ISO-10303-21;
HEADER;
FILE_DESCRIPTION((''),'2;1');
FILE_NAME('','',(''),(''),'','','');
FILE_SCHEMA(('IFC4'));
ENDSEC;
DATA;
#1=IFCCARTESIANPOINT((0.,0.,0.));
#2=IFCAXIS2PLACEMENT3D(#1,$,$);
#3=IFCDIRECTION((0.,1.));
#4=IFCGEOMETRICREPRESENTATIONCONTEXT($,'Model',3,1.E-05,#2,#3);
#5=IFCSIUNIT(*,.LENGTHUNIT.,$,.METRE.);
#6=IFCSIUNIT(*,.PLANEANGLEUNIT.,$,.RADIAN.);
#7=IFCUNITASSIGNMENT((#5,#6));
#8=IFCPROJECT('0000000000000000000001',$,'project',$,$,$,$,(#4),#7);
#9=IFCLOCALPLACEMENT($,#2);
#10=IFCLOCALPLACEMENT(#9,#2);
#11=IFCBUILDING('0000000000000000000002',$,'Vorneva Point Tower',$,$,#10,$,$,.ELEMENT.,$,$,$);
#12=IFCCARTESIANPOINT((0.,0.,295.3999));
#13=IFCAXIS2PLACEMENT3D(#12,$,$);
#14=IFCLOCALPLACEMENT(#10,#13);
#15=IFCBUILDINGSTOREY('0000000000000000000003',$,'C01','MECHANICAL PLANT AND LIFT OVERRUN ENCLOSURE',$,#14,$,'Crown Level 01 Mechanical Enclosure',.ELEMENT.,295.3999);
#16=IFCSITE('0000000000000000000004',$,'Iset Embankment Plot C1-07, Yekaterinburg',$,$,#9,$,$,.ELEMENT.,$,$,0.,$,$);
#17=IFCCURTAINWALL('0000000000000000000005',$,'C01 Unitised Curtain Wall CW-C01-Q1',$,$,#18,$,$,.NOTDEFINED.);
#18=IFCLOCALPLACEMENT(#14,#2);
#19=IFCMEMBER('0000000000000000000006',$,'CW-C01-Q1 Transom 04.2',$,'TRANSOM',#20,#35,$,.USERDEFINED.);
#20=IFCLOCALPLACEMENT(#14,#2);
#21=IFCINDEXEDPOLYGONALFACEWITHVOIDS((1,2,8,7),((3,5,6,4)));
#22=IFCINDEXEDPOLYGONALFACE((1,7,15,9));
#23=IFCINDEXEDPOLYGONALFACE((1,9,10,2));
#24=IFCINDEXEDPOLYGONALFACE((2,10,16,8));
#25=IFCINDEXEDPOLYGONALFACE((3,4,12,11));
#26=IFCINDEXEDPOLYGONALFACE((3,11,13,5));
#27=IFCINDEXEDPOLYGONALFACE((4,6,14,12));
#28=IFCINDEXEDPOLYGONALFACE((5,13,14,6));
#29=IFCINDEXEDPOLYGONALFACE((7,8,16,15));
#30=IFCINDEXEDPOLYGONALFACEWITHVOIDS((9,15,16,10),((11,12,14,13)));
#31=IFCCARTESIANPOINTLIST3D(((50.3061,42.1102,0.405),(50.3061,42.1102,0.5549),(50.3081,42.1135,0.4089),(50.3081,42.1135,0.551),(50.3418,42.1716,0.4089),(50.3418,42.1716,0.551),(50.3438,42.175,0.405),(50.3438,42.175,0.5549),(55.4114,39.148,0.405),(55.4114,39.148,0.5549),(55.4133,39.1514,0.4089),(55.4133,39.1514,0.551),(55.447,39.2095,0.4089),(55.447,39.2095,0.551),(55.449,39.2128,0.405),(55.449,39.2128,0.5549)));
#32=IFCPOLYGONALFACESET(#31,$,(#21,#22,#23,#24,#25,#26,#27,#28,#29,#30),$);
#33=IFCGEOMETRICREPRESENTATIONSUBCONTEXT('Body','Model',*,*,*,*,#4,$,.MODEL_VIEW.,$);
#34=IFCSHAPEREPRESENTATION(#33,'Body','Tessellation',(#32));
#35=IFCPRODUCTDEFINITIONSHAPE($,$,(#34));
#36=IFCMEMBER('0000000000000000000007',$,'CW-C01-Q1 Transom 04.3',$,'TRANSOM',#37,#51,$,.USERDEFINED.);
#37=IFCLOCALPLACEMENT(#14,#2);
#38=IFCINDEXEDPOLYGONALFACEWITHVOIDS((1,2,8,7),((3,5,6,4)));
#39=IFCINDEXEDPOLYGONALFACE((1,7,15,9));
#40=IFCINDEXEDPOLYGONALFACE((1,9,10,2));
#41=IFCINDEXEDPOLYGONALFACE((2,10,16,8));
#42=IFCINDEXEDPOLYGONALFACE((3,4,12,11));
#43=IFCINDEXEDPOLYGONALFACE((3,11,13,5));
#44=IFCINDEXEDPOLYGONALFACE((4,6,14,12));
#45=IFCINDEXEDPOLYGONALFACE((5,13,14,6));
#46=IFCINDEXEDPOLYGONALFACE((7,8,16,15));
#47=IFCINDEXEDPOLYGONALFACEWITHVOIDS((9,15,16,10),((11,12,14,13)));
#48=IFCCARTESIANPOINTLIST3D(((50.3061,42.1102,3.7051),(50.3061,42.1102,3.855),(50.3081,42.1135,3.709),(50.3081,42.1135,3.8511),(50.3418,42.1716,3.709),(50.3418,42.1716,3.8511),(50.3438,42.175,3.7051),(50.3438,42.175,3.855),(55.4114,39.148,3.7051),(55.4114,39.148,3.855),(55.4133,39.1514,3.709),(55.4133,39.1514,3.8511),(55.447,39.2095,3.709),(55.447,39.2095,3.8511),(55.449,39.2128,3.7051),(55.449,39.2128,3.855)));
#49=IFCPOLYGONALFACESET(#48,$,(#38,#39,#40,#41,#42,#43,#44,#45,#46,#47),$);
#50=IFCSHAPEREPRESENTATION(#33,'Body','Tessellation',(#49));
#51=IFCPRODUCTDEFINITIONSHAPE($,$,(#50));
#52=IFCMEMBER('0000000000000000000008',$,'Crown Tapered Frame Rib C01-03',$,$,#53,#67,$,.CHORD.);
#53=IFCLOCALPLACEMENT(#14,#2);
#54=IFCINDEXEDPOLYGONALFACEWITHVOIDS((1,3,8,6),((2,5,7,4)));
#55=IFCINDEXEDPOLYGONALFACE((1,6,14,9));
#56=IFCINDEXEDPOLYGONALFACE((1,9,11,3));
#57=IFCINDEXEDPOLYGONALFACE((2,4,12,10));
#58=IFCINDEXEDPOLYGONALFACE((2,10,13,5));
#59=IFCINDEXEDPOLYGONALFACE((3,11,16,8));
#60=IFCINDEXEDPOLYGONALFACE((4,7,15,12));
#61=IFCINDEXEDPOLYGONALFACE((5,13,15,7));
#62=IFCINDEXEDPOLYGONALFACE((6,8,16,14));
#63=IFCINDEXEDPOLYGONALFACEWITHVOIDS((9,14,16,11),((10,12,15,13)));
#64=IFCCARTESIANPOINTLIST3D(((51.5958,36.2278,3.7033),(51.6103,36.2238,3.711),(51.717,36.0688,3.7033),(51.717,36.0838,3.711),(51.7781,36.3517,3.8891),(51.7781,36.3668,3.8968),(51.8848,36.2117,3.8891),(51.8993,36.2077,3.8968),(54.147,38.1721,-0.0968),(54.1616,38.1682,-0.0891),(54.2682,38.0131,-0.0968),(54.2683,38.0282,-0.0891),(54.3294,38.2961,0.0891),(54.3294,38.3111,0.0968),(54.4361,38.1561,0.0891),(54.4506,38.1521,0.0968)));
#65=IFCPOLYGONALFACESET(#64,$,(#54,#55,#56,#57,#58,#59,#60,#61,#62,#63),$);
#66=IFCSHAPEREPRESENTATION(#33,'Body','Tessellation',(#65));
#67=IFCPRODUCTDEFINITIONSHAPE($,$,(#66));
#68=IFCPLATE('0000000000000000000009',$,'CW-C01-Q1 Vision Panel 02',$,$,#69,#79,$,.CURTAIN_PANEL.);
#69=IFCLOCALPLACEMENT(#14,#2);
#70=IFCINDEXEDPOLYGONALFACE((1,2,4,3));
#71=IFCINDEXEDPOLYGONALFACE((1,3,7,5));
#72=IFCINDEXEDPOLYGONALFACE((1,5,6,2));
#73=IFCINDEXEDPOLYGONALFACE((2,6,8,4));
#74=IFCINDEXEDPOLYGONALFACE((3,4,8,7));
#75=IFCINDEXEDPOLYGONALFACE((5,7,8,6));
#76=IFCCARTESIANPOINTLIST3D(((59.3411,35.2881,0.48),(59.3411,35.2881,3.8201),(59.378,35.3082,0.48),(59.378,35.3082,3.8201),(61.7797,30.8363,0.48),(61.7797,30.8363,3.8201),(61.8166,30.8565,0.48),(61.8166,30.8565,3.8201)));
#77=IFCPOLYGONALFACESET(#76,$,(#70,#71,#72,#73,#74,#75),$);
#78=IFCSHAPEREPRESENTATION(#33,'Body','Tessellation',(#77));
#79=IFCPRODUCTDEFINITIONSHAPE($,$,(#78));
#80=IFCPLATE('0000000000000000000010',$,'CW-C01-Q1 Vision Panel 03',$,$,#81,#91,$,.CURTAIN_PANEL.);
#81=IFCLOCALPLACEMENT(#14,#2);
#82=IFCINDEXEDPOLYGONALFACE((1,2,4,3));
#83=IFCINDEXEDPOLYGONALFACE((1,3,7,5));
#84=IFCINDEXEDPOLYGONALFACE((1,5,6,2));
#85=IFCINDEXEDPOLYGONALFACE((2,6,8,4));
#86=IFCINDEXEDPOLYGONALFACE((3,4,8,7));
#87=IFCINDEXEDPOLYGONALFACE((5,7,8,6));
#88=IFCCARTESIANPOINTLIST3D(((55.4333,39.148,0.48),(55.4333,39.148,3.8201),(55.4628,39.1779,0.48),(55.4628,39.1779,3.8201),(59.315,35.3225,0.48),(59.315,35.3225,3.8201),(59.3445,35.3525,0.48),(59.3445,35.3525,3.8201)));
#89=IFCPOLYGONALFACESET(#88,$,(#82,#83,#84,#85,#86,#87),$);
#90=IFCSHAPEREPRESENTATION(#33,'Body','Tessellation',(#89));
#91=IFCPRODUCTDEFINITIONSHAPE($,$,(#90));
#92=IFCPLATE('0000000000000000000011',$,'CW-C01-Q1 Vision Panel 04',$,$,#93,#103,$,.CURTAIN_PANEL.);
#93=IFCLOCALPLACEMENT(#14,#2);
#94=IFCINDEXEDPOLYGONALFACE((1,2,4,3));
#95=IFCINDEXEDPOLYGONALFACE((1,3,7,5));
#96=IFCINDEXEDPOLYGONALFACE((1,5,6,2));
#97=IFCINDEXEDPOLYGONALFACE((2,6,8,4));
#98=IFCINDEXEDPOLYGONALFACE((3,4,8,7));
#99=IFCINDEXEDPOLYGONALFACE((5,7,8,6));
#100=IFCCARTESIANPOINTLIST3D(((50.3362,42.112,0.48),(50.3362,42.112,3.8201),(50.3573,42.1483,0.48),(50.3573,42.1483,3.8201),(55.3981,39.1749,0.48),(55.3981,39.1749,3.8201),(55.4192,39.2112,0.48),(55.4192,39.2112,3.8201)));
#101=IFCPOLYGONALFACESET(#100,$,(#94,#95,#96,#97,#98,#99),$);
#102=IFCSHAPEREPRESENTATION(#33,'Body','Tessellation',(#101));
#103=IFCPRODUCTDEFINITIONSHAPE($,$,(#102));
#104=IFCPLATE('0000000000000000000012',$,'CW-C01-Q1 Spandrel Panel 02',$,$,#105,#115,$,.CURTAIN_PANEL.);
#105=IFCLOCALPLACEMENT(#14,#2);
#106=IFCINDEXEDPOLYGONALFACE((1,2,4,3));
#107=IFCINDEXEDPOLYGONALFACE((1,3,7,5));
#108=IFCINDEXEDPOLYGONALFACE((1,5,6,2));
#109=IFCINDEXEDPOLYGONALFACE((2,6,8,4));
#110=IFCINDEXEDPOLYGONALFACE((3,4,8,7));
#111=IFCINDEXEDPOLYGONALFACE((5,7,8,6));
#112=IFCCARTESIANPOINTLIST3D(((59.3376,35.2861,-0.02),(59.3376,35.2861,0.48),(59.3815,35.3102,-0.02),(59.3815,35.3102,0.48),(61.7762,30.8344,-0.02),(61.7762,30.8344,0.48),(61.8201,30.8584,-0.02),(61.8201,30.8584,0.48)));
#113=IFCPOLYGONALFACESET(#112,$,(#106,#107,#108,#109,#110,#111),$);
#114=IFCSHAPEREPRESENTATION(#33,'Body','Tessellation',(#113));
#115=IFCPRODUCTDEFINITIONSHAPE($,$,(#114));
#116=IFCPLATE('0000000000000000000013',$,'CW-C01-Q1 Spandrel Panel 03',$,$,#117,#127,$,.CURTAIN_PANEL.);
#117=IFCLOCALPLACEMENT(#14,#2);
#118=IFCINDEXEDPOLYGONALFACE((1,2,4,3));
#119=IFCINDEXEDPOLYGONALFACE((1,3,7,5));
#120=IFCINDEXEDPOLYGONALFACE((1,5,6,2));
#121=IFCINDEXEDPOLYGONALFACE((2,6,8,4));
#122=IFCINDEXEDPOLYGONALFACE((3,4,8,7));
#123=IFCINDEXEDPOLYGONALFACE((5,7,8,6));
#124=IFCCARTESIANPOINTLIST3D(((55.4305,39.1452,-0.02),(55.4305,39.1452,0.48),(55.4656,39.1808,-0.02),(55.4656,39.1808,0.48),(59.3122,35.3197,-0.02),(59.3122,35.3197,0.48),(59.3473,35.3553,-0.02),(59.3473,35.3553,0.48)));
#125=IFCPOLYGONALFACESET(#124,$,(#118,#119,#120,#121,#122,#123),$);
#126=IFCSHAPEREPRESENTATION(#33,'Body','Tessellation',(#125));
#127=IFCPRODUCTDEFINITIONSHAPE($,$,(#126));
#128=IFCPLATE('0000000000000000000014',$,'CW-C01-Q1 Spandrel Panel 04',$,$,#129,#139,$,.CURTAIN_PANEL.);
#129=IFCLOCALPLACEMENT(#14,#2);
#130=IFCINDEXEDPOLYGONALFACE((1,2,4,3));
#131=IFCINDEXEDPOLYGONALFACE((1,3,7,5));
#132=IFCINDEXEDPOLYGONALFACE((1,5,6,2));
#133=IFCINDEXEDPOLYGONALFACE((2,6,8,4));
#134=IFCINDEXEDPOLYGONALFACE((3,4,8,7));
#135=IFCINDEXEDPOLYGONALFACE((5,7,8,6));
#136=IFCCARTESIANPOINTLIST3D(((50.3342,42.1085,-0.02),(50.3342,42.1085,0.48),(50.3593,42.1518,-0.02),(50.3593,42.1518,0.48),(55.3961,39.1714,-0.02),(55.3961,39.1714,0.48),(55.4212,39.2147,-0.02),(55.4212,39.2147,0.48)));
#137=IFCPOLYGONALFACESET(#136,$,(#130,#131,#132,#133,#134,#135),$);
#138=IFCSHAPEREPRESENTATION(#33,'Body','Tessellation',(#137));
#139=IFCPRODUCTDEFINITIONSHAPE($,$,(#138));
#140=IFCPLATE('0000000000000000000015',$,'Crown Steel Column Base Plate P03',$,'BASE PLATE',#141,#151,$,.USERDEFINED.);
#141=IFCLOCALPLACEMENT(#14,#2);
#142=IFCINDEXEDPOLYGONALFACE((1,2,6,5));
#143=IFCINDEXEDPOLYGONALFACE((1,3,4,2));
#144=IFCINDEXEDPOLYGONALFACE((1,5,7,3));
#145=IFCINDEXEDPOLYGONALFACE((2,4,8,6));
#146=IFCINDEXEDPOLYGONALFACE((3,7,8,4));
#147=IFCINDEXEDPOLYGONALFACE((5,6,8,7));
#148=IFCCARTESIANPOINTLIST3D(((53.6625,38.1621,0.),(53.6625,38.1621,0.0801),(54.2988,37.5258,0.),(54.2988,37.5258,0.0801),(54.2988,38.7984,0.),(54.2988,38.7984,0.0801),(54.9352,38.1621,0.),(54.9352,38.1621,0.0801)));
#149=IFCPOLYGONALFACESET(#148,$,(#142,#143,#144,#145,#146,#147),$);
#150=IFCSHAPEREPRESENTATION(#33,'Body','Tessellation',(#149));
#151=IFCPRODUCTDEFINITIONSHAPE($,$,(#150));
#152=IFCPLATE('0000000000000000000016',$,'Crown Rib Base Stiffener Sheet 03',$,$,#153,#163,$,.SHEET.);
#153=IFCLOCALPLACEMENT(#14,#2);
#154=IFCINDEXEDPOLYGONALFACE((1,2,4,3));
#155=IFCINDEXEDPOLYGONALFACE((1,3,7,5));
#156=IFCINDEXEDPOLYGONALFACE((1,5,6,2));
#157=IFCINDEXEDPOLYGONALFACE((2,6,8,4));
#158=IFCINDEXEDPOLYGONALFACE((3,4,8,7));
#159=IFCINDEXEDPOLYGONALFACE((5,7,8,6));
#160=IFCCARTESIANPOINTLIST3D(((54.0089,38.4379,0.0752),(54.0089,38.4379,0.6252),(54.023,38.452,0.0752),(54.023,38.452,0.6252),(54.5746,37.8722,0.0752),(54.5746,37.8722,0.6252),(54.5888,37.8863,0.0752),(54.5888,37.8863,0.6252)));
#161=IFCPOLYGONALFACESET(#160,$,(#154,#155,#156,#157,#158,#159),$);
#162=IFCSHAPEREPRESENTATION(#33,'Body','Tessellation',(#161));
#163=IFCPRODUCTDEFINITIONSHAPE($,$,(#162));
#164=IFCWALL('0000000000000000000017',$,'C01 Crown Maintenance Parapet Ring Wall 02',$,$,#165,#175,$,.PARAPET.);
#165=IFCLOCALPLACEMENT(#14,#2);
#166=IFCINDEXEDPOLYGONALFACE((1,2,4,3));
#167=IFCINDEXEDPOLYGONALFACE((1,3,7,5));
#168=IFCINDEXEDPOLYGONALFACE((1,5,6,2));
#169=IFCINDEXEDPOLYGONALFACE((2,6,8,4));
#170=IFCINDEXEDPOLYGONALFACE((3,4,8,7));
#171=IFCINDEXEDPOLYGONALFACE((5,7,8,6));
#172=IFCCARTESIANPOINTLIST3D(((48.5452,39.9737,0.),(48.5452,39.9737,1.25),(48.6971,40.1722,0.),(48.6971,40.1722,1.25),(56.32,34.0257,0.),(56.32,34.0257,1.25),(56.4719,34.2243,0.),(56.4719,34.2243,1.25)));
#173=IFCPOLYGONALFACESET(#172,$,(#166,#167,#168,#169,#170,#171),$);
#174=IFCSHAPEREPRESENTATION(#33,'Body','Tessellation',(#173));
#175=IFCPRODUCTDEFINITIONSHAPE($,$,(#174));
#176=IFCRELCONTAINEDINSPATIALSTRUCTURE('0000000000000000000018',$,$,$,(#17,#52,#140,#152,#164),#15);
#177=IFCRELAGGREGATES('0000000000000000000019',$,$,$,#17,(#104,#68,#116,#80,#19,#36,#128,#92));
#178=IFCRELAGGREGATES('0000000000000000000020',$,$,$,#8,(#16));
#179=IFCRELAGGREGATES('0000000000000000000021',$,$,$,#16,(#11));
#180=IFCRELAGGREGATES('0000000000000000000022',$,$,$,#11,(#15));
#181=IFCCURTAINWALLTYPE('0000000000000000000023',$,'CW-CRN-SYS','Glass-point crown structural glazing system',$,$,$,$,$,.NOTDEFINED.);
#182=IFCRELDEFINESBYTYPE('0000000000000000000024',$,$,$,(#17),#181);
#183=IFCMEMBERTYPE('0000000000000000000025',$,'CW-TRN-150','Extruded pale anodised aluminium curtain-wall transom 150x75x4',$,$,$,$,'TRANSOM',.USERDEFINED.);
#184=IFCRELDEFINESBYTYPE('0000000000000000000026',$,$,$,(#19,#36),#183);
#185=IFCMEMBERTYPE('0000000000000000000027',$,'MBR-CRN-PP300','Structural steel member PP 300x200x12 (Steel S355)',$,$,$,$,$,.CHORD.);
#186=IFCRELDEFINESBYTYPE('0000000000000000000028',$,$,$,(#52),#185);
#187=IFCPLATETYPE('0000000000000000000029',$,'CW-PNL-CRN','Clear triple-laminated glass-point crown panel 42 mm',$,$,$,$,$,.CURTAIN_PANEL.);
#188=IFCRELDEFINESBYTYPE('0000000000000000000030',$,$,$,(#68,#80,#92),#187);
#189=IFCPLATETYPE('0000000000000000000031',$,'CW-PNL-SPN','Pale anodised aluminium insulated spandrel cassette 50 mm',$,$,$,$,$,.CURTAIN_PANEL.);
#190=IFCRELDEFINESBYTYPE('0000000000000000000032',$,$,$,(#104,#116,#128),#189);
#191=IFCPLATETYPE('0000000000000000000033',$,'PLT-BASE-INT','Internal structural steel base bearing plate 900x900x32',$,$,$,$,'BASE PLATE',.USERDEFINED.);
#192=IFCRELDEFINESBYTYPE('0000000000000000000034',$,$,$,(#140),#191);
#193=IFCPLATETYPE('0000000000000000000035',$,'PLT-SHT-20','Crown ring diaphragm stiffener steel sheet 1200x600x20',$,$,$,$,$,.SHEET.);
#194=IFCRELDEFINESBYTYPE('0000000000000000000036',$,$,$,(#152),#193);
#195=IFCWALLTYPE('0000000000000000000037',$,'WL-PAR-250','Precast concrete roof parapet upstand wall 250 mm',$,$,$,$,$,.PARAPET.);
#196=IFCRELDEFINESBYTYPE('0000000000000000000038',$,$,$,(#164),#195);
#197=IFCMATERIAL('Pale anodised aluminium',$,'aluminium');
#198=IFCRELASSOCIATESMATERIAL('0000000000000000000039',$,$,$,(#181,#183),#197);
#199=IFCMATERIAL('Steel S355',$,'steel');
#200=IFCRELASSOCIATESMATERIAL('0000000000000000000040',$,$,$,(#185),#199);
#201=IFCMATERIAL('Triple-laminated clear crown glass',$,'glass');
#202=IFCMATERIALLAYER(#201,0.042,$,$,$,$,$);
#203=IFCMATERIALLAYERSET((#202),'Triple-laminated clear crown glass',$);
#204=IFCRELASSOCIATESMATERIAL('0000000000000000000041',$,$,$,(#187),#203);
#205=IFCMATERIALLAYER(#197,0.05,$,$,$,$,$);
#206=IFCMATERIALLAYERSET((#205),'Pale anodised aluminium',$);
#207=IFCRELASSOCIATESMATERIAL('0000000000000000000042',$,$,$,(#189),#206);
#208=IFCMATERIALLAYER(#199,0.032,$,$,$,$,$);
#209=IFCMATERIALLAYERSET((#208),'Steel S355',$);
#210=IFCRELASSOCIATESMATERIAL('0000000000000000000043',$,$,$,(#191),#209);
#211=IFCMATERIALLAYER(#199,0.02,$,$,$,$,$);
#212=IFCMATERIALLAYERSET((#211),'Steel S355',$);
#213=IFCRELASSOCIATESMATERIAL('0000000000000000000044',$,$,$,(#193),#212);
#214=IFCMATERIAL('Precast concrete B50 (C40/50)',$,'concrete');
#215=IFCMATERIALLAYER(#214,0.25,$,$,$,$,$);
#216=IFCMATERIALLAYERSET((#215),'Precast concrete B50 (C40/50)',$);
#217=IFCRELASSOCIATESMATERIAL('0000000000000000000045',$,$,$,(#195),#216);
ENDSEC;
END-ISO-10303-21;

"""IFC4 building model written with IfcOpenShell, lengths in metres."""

from ifc_helpers import new_model, si_unit, direction, frame, frame_2d, origin, origin_2d, place, context, subcontext, project, spatial, rectangle, hollow_rectangle, extrude, material, layer, layer_set, material_profile, profile_set, type_object, element, aggregate, save


model = new_model("IFC4")

# Units and contexts
model_context = context("Model", 3, precision=1e-05, world=origin(), true_north=direction((0.0, 1.0)))
body_context = subcontext(model_context, "Body", "Model", "MODEL_VIEW")
ifc_project = project(units=[si_unit("LENGTHUNIT", "METRE"), si_unit("PLANEANGLEUNIT", "RADIAN")], contexts=[model_context])

# Site, building, storey
site_placement = place(None, origin())
site = spatial("IfcSite", under=ifc_project, at=site_placement, Name="Iset Embankment Plot C1-07, Yekaterinburg", CompositionType="ELEMENT", RefElevation=0.0)
building_placement = place(site_placement, origin())
building = spatial("IfcBuilding", under=site, at=building_placement, Name="Vorneva Point Tower", CompositionType="ELEMENT")
storey_placement = place(building_placement, frame((0.0, 0.0, 295.3999)))
storey = spatial("IfcBuildingStorey", under=building, at=storey_placement, Name="C01", Description="MECHANICAL PLANT AND LIFT OVERRUN ENCLOSURE", LongName="Crown Level 01 Mechanical Enclosure", CompositionType="ELEMENT", Elevation=295.3999)

# Shared definitions
ifc_material_1 = material(Name="Steel S355", Category="steel")

# Curtain wall, members
ifc_material_2 = material(Name="Pale anodised aluminium", Category="aluminium")
curtain_wall_type = type_object("IfcCurtainWallType", Name="CW-CRN-SYS", Description="Glass-point crown structural glazing system", PredefinedType="NOTDEFINED", material=ifc_material_2)
curtain_wall_placement = place(storey_placement, origin())
curtain_wall = element("IfcCurtainWall", 1, at=curtain_wall_placement, inside=storey, type_object=curtain_wall_type, Name="C01 Unitised Curtain Wall CW-C01-Q1", PredefinedType="NOTDEFINED")
ifc_material_profile_1 = material_profile(ifc_material_2, hollow_rectangle(XDim=0.075, YDim=0.1499, WallThickness=0.0039, at=origin_2d()), Name="AL-TRN 150x75x4")
ifc_profile_set_1 = profile_set([ifc_material_profile_1], Name="Pale anodised aluminium")
member_type_1 = type_object("IfcMemberType", Name="CW-TRN-150", Description="Extruded pale anodised aluminium curtain-wall transom 150x75x4", ElementType="TRANSOM", PredefinedType="USERDEFINED", material=ifc_profile_set_1)
member_1_placement = place(storey_placement, frame((55.4302, 39.1804, 0.48), z_axis=(-0.864948, 0.501861, 0.0), x_axis=(-0.501861, -0.864948, 0.0)))
member_1 = element("IfcMember", 2, at=member_1_placement, type_object=member_type_1, Name="CW-C01-Q1 Transom 04.2", ObjectType="TRANSOM", PredefinedType="USERDEFINED", context=body_context, shape_type="SweptSolid", body=[
    extrude(hollow_rectangle(XDim=0.075, YDim=0.1499, WallThickness=0.0039, at=origin_2d()), origin(), (0.0, 0.0, 1.0), 5.9023),
])
member_2_placement = place(storey_placement, frame((55.4302, 39.1804, 3.78), z_axis=(-0.864948, 0.501861, 0.0), x_axis=(-0.501861, -0.864948, 0.0)))
member_2 = element("IfcMember", 3, at=member_2_placement, type_object=member_type_1, Name="CW-C01-Q1 Transom 04.3", ObjectType="TRANSOM", PredefinedType="USERDEFINED", context=body_context, shape_type="SweptSolid", body=[
    extrude(hollow_rectangle(XDim=0.075, YDim=0.1499, WallThickness=0.0039, at=origin_2d()), origin(), (0.0, 0.0, 1.0), 5.9023),
])

# Member
ifc_material_profile_2 = material_profile(ifc_material_1, hollow_rectangle(XDim=0.2, YDim=0.3, WallThickness=0.012, at=origin_2d()), Name="PP 300x200x12")
ifc_profile_set_2 = profile_set([ifc_material_profile_2], Name="Steel S355")
member_type_2 = type_object("IfcMemberType", Name="MBR-CRN-PP300", Description="Structural steel member PP 300x200x12 (Steel S355)", PredefinedType="CHORD", material=ifc_profile_set_2)
member_3_placement = place(storey_placement, frame((54.2988, 38.1621, 0.0), z_axis=(-0.513034, -0.390986, 0.764151), x_axis=(0.606144, -0.795355, 0.0)))
element("IfcMember", 4, at=member_3_placement, inside=storey, type_object=member_type_2, Name="Crown Tapered Frame Rib C01-03", PredefinedType="CHORD", context=body_context, shape_type="SweptSolid", body=[
    extrude(hollow_rectangle(XDim=0.2, YDim=0.3, WallThickness=0.012, at=origin_2d()), origin(), (0.0, 0.0, 1.0), 4.9729),
])

# Plates
ifc_material_3 = material(Name="Triple-laminated clear crown glass", Category="glass")
ifc_layer_1 = layer(ifc_material_3, 0.042)
ifc_layer_set_1 = layer_set([ifc_layer_1], Name="Triple-laminated clear crown glass")
plate_type_1 = type_object("IfcPlateType", Name="CW-PNL-CRN", Description="Clear triple-laminated glass-point crown panel 42 mm", PredefinedType="CURTAIN_PANEL", material=ifc_layer_set_1)
plate_1_placement = place(storey_placement, frame((60.5789, 33.0723, 0.48), z_axis=(0.0, 0.0, 1.0), x_axis=(-0.480423, 0.877037, 0.0)))
plate_1 = element("IfcPlate", 5, at=plate_1_placement, type_object=plate_type_1, Name="CW-C01-Q1 Vision Panel 02", PredefinedType="CURTAIN_PANEL", context=body_context, shape_type="SweptSolid", body=[
    extrude(rectangle(XDim=5.0759, YDim=0.042, at=origin_2d()), origin(), (0.0, 0.0, 1.0), 3.3401),
])
plate_2_placement = place(storey_placement, frame((57.3889, 37.2502, 0.48), z_axis=(0.0, 0.0, 1.0), x_axis=(-0.712247, 0.701929, 0.0)))
plate_2 = element("IfcPlate", 6, at=plate_2_placement, type_object=plate_type_1, Name="CW-C01-Q1 Vision Panel 03", PredefinedType="CURTAIN_PANEL", context=body_context, shape_type="SweptSolid", body=[
    extrude(rectangle(XDim=5.45, YDim=0.042, at=origin_2d()), origin(), (0.0, 0.0, 1.0), 3.3401),
])
plate_3_placement = place(storey_placement, frame((52.8777, 40.6616, 0.48), z_axis=(0.0, 0.0, 1.0), x_axis=(-0.864941, 0.501873, 0.0)))
plate_3 = element("IfcPlate", 7, at=plate_3_placement, type_object=plate_type_1, Name="CW-C01-Q1 Vision Panel 04", PredefinedType="CURTAIN_PANEL", context=body_context, shape_type="SweptSolid", body=[
    extrude(rectangle(XDim=5.8523, YDim=0.042, at=origin_2d()), origin(), (0.0, 0.0, 1.0), 3.3401),
])
ifc_layer_2 = layer(ifc_material_2, 0.05)
ifc_layer_set_2 = layer_set([ifc_layer_2], Name="Pale anodised aluminium")
plate_type_2 = type_object("IfcPlateType", Name="CW-PNL-SPN", Description="Pale anodised aluminium insulated spandrel cassette 50 mm", PredefinedType="CURTAIN_PANEL", material=ifc_layer_set_2)
plate_4_placement = place(storey_placement, frame((60.5789, 33.0723, -0.02), z_axis=(0.0, 0.0, 1.0), x_axis=(-0.480423, 0.877037, 0.0)))
plate_4 = element("IfcPlate", 8, at=plate_4_placement, type_object=plate_type_2, Name="CW-C01-Q1 Spandrel Panel 02", PredefinedType="CURTAIN_PANEL", context=body_context, shape_type="SweptSolid", body=[
    extrude(rectangle(XDim=5.0759, YDim=0.05, at=origin_2d()), origin(), (0.0, 0.0, 1.0), 0.5),
])
plate_5_placement = place(storey_placement, frame((57.3889, 37.2502, -0.02), z_axis=(0.0, 0.0, 1.0), x_axis=(-0.712247, 0.701929, 0.0)))
plate_5 = element("IfcPlate", 9, at=plate_5_placement, type_object=plate_type_2, Name="CW-C01-Q1 Spandrel Panel 03", PredefinedType="CURTAIN_PANEL", context=body_context, shape_type="SweptSolid", body=[
    extrude(rectangle(XDim=5.45, YDim=0.05, at=origin_2d()), origin(), (0.0, 0.0, 1.0), 0.5),
])
plate_6_placement = place(storey_placement, frame((52.8777, 40.6616, -0.02), z_axis=(0.0, 0.0, 1.0), x_axis=(-0.864941, 0.501873, 0.0)))
plate_6 = element("IfcPlate", 10, at=plate_6_placement, type_object=plate_type_2, Name="CW-C01-Q1 Spandrel Panel 04", PredefinedType="CURTAIN_PANEL", context=body_context, shape_type="SweptSolid", body=[
    extrude(rectangle(XDim=5.8523, YDim=0.05, at=origin_2d()), origin(), (0.0, 0.0, 1.0), 0.5),
])
aggregate(curtain_wall, [plate_4, plate_1, plate_5, plate_2, member_1, member_2, plate_6, plate_3])

# Plates
ifc_layer_3 = layer(ifc_material_1, 0.032)
ifc_layer_set_3 = layer_set([ifc_layer_3], Name="Steel S355")
plate_type_3 = type_object("IfcPlateType", Name="PLT-BASE-INT", Description="Internal structural steel base bearing plate 900x900x32", ElementType="BASE PLATE", PredefinedType="USERDEFINED", material=ifc_layer_set_3)
plate_7_placement = place(storey_placement, frame((54.2988, 38.1621, 0.0), z_axis=(0.0, 0.0, 1.0), x_axis=(0.707107, 0.707107, 0.0)))
element("IfcPlate", 11, at=plate_7_placement, inside=storey, type_object=plate_type_3, Name="Crown Steel Column Base Plate P03", ObjectType="BASE PLATE", PredefinedType="USERDEFINED", context=body_context, shape_type="SweptSolid", body=[
    extrude(rectangle(XDim=0.8999, YDim=0.8999, at=origin_2d()), origin(), (0.0, 0.0, 1.0), 0.0801),
])
ifc_layer_4 = layer(ifc_material_1, 0.02)
ifc_layer_set_4 = layer_set([ifc_layer_4], Name="Steel S355")
plate_type_4 = type_object("IfcPlateType", Name="PLT-SHT-20", Description="Crown ring diaphragm stiffener steel sheet 1200x600x20", PredefinedType="SHEET", material=ifc_layer_set_4)
plate_8_placement = place(storey_placement, frame((54.2988, 38.1621, 0.0752), z_axis=(0.0, 0.0, 1.0), x_axis=(-0.707107, 0.707107, 0.0)))
element("IfcPlate", 12, at=plate_8_placement, inside=storey, type_object=plate_type_4, Name="Crown Rib Base Stiffener Sheet 03", PredefinedType="SHEET", context=body_context, shape_type="SweptSolid", body=[
    extrude(rectangle(XDim=0.8, YDim=0.02, at=origin_2d()), origin(), (0.0, 0.0, 1.0), 0.55),
])

# Wall
ifc_material_4 = material(Name="Precast concrete B50 (C40/50)", Category="concrete")
ifc_layer_5 = layer(ifc_material_4, 0.25)
ifc_layer_set_5 = layer_set([ifc_layer_5], Name="Precast concrete B50 (C40/50)")
wall_type = type_object("IfcWallType", Name="WL-PAR-250", Description="Precast concrete roof parapet upstand wall 250 mm", PredefinedType="PARAPET", material=ifc_layer_set_5)
wall_placement = place(storey_placement, frame((56.396, 34.125, 0.0), z_axis=(0.0, 0.0, 1.0), x_axis=(-0.794235, 0.60761, 0.0)))
element("IfcWall", 13, at=wall_placement, inside=storey, type_object=wall_type, Name="C01 Crown Maintenance Parapet Ring Wall 02", PredefinedType="PARAPET", context=body_context, shape_type="SweptSolid", body=[
    extrude(rectangle(XDim=9.7891, YDim=0.25, at=frame_2d((4.8945, 0.0))), origin(), (0.0, 0.0, 1.0), 1.25),
])

save(model, "model.ifc")
